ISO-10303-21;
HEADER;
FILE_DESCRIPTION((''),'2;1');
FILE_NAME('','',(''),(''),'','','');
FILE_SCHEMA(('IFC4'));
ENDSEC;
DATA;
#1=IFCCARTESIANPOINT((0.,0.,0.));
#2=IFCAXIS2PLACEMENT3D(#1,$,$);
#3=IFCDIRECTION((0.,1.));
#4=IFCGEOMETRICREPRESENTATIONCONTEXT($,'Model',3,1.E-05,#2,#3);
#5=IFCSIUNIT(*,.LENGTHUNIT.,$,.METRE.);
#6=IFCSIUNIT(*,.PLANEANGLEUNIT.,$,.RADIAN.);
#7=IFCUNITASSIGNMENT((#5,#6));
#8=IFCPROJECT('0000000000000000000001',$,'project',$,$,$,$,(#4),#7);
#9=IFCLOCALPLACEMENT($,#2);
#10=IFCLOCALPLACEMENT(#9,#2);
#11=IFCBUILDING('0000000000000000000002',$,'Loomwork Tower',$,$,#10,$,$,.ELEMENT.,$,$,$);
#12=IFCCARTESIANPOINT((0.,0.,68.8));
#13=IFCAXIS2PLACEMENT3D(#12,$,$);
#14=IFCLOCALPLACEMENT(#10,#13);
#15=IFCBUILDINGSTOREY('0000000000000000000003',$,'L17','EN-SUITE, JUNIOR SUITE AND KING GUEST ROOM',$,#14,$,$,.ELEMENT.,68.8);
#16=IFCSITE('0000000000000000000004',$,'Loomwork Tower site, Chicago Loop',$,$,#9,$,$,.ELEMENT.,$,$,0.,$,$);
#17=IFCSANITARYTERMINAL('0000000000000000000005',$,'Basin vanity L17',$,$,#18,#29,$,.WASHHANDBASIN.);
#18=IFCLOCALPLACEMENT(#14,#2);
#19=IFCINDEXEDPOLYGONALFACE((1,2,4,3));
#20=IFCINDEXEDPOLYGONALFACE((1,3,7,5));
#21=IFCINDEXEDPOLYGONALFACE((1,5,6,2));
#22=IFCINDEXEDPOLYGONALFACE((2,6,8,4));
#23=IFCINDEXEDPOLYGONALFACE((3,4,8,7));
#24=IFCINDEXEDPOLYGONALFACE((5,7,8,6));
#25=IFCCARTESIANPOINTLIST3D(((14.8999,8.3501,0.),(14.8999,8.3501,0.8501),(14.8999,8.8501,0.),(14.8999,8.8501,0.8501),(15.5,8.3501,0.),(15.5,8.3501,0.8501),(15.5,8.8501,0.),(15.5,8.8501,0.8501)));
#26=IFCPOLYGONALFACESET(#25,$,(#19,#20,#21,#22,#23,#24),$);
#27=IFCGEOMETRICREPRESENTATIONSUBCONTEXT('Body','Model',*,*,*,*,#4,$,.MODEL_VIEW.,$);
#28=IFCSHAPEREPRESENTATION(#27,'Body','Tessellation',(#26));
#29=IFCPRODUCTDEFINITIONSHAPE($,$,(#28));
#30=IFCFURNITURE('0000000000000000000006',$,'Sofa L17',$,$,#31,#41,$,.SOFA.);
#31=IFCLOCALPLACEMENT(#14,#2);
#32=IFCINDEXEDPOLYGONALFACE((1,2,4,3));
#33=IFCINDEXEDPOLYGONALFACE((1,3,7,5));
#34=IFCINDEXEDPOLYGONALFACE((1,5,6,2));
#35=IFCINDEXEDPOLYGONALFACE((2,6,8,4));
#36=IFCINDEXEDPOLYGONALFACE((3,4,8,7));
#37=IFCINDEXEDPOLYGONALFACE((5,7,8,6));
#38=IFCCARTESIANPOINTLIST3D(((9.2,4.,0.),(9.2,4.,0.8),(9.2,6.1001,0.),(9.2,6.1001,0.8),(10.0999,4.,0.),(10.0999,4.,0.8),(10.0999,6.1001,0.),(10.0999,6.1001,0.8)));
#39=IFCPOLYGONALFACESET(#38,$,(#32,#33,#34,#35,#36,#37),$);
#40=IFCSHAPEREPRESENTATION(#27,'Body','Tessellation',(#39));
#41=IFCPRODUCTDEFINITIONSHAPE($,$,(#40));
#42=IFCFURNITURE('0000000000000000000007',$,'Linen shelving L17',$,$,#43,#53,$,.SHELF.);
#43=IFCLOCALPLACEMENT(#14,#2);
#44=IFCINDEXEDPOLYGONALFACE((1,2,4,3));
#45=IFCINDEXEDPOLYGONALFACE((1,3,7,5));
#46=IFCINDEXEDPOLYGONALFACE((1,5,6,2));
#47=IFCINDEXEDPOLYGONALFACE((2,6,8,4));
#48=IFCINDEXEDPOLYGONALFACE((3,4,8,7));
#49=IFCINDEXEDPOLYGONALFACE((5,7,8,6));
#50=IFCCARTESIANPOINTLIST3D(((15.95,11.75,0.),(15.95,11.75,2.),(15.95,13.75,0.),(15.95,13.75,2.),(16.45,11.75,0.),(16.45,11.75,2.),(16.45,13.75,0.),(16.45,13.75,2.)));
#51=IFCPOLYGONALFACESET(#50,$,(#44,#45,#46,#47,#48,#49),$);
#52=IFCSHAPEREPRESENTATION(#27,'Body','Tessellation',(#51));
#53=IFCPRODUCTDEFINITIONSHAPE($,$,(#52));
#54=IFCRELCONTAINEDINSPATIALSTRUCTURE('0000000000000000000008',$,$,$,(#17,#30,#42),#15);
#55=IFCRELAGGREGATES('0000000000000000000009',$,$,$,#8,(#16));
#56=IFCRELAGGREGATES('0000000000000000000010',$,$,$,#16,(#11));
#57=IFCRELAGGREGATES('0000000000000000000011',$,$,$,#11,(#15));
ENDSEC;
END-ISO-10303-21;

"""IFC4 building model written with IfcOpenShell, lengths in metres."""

from ifc_helpers import new_model, si_unit, direction, frame, origin, origin_2d, place, context, subcontext, project, spatial, rectangle, extrude, element, save


model = new_model("IFC4")

# Units and contexts
model_context = context("Model", 3, precision=1e-05, world=origin(), true_north=direction((0.0, 1.0)))
body_context = subcontext(model_context, "Body", "Model", "MODEL_VIEW")
ifc_project = project(units=[si_unit("LENGTHUNIT", "METRE"), si_unit("PLANEANGLEUNIT", "RADIAN")], contexts=[model_context])

# Site, building, storey
site_placement = place(None, origin())
site = spatial("IfcSite", under=ifc_project, at=site_placement, Name="Loomwork Tower site, Chicago Loop", CompositionType="ELEMENT", RefElevation=0.0)
building_placement = place(site_placement, origin())
building = spatial("IfcBuilding", under=site, at=building_placement, Name="Loomwork Tower", CompositionType="ELEMENT")
storey_placement = place(building_placement, frame((0.0, 0.0, 68.8)))
storey = spatial("IfcBuildingStorey", under=building, at=storey_placement, Name="L17", Description="EN-SUITE, JUNIOR SUITE AND KING GUEST ROOM", CompositionType="ELEMENT", Elevation=68.8)

# Sanitary terminal
sanitary_terminal_1_placement = place(storey_placement, frame((15.2, 8.6001, 0.0), z_axis=(0.0, 0.0, 1.0), x_axis=(1.0, 0.0, 0.0)))
element("IfcSanitaryTerminal", 1, at=sanitary_terminal_1_placement, inside=storey, Name="Basin vanity L17", PredefinedType="WASHHANDBASIN", context=body_context, shape_type="SweptSolid", body=[
    extrude(rectangle(XDim=0.6001, YDim=0.5, at=origin_2d()), origin(), (0.0, 0.0, 1.0), 0.8501),
])

# Furniture
furniture_1_placement = place(storey_placement, frame((9.6499, 5.05, 0.0), z_axis=(0.0, 0.0, 1.0), x_axis=(1.0, 0.0, 0.0)))
element("IfcFurniture", 2, at=furniture_1_placement, inside=storey, Name="Sofa L17", PredefinedType="SOFA", context=body_context, shape_type="SweptSolid", body=[
    extrude(rectangle(XDim=0.8999, YDim=2.1001, at=origin_2d()), origin(), (0.0, 0.0, 1.0), 0.8),
])
furniture_2_placement = place(storey_placement, frame((16.2, 12.75, 0.0), z_axis=(0.0, 0.0, 1.0), x_axis=(1.0, 0.0, 0.0)))
element("IfcFurniture", 3, at=furniture_2_placement, inside=storey, Name="Linen shelving L17", PredefinedType="SHELF", context=body_context, shape_type="SweptSolid", body=[
    extrude(rectangle(XDim=0.5, YDim=2.0, at=origin_2d()), origin(), (0.0, 0.0, 1.0), 2.0),
])

save(model, "model.ifc")
